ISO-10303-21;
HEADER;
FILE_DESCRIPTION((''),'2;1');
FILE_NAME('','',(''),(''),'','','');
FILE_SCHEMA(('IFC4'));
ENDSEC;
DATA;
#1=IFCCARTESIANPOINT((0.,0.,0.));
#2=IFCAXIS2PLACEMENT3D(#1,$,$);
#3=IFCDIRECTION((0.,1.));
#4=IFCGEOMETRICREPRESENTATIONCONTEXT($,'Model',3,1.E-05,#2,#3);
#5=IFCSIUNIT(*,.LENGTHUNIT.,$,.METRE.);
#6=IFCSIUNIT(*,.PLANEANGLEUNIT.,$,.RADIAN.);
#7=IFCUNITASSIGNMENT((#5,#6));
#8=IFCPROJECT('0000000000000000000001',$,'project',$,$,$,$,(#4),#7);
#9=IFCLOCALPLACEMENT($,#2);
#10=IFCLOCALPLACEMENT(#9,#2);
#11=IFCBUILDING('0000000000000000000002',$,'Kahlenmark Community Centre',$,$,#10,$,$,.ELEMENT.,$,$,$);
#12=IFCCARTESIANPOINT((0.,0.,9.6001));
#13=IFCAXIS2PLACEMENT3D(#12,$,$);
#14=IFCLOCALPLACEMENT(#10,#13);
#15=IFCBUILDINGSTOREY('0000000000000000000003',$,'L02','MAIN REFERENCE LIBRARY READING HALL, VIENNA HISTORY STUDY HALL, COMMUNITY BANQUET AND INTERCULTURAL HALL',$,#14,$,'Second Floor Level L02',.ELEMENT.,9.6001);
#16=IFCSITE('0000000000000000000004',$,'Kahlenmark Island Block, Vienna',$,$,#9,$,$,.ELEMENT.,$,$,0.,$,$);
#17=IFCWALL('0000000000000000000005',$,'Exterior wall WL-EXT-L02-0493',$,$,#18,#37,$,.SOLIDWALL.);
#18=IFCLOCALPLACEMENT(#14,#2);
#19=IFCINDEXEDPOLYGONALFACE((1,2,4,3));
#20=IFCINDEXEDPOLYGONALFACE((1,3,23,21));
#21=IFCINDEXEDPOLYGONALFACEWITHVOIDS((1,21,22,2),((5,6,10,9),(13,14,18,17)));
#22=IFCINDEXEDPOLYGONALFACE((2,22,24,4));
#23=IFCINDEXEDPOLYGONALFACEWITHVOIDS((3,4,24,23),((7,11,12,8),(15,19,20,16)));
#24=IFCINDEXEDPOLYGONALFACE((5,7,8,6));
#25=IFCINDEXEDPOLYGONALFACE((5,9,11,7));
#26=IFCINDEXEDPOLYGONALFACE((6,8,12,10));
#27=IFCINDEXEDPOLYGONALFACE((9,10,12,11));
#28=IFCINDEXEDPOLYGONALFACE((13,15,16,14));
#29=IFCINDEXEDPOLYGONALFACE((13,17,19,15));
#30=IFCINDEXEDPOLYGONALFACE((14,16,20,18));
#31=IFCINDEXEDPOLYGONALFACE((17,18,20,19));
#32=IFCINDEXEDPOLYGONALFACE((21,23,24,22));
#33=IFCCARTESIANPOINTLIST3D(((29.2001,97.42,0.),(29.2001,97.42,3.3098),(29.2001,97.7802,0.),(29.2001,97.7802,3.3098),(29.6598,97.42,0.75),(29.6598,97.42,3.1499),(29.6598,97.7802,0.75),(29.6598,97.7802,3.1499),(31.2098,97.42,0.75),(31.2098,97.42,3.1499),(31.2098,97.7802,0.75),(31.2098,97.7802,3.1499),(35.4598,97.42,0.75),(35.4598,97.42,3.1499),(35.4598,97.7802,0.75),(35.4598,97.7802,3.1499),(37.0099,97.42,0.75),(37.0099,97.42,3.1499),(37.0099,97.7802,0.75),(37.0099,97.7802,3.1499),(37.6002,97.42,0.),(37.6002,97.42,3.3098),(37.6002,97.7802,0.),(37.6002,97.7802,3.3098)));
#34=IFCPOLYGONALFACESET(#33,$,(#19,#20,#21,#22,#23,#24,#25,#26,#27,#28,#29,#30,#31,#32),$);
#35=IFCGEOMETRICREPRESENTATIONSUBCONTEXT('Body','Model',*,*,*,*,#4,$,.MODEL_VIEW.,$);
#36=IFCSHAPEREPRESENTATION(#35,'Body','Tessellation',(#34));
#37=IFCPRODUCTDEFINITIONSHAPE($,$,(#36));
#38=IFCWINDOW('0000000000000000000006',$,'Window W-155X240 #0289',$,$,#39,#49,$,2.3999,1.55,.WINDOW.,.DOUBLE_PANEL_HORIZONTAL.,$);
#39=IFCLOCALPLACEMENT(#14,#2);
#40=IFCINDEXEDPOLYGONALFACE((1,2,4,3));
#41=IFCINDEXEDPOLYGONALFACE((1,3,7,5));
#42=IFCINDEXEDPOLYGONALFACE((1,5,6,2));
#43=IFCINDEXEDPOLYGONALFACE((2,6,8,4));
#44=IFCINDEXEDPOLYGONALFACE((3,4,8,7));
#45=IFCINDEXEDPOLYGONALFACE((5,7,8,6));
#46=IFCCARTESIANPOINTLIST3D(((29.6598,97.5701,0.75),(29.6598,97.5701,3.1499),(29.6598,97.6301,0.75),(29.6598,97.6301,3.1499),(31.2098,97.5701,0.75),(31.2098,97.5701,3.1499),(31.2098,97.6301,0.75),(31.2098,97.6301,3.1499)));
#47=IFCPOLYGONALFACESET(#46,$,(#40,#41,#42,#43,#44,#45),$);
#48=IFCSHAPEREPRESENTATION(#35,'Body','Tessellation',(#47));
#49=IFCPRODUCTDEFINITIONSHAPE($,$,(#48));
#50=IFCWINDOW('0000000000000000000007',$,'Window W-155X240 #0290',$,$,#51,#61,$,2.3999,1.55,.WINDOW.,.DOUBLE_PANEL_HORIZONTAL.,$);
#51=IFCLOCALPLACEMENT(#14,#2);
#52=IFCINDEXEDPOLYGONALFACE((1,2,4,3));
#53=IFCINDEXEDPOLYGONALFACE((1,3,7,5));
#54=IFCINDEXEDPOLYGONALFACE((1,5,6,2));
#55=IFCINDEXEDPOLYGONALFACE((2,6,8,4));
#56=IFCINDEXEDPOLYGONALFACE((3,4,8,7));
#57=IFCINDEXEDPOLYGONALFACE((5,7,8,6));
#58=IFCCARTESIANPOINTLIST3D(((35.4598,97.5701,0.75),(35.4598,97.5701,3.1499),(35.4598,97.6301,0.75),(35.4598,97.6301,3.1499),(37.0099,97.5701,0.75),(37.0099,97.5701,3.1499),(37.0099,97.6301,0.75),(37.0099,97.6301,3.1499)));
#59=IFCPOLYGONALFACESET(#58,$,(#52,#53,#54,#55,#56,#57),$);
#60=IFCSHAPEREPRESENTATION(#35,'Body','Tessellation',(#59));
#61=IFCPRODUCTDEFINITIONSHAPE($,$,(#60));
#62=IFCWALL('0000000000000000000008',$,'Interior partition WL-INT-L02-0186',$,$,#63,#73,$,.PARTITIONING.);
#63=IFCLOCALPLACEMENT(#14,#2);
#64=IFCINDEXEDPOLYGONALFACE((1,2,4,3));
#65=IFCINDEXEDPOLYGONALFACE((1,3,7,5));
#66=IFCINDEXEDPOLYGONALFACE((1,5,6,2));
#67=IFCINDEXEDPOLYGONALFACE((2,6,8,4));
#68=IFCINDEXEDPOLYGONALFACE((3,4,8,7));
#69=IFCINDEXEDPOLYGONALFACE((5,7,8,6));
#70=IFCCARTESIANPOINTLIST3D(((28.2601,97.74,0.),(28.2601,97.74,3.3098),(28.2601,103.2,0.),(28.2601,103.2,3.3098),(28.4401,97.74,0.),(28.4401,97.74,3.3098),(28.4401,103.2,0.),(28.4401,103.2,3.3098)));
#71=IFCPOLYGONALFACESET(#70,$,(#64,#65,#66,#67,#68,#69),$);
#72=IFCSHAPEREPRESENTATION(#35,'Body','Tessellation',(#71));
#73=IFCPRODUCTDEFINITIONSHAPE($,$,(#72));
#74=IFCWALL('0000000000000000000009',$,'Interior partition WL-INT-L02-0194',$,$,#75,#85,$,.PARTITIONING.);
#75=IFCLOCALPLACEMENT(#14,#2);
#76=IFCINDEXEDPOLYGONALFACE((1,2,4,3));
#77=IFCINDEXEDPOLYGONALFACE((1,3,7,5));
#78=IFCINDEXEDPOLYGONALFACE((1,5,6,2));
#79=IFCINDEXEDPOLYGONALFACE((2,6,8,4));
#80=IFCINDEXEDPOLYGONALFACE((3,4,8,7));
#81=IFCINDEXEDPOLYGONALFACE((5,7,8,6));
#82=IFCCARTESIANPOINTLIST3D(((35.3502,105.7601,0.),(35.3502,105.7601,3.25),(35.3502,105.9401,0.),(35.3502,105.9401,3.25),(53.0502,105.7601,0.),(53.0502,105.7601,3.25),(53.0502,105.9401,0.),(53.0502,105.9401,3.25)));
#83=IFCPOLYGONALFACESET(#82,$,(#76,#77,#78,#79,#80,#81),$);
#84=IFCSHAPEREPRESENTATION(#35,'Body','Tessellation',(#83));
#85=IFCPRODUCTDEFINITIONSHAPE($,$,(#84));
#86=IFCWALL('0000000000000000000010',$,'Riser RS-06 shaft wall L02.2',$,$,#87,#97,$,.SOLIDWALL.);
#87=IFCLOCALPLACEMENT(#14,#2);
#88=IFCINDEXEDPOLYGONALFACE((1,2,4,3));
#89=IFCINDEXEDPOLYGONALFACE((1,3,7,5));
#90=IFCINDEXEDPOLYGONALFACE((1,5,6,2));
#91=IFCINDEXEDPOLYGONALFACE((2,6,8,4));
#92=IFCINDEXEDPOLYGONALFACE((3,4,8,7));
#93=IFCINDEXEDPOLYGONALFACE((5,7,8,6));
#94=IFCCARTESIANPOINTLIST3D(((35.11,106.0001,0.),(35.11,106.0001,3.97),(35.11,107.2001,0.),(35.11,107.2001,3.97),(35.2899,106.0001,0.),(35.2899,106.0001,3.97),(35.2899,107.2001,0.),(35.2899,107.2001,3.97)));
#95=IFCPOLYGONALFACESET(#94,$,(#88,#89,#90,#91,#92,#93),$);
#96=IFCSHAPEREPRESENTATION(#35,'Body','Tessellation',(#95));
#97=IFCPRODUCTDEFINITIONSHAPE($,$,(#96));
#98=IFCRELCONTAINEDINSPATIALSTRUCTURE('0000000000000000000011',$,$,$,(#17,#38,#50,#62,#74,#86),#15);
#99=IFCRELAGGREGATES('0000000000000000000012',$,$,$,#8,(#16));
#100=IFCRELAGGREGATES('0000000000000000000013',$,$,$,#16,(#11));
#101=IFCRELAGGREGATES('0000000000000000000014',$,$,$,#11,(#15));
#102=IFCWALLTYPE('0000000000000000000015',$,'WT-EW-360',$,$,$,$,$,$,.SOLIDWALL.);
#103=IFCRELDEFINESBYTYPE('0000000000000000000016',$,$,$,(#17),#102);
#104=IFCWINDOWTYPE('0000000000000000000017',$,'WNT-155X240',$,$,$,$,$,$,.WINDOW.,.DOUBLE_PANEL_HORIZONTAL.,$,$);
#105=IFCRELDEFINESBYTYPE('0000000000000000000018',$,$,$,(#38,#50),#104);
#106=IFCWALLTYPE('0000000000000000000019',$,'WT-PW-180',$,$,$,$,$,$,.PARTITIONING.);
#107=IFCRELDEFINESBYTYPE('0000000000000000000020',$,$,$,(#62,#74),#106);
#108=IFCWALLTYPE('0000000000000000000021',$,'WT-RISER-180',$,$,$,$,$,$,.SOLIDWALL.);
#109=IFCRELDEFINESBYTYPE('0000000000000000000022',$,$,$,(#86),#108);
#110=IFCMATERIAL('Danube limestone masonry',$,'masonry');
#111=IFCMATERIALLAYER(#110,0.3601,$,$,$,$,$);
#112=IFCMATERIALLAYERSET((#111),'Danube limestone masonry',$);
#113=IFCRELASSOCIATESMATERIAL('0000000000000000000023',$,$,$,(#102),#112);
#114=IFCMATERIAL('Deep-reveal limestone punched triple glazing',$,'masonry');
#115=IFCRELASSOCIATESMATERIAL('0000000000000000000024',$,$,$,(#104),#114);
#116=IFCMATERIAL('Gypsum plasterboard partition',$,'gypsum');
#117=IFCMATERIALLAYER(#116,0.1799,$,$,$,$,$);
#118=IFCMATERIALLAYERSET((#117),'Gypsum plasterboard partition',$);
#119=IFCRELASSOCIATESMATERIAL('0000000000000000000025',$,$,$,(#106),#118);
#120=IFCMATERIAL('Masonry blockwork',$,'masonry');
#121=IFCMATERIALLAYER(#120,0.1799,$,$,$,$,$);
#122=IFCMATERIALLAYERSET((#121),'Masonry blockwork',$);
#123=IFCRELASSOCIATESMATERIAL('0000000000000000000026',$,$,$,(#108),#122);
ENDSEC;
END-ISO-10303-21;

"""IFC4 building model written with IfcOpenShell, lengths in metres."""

from ifc_helpers import new_model, si_unit, direction, frame, frame_2d, origin, place, context, subcontext, project, spatial, rectangle, extrude, material, layer, layer_set, type_object, element, fill, save


model = new_model("IFC4")

# Units and contexts
model_context = context("Model", 3, precision=1e-05, world=origin(), true_north=direction((0.0, 1.0)))
body_context = subcontext(model_context, "Body", "Model", "MODEL_VIEW")
ifc_project = project(units=[si_unit("LENGTHUNIT", "METRE"), si_unit("PLANEANGLEUNIT", "RADIAN")], contexts=[model_context])

# Site, building, storey
site_placement = place(None, origin())
site = spatial("IfcSite", under=ifc_project, at=site_placement, Name="Kahlenmark Island Block, Vienna", CompositionType="ELEMENT", RefElevation=0.0)
building_placement = place(site_placement, origin())
building = spatial("IfcBuilding", under=site, at=building_placement, Name="Kahlenmark Community Centre", CompositionType="ELEMENT")
storey_placement = place(building_placement, frame((0.0, 0.0, 9.6001)))
storey = spatial("IfcBuildingStorey", under=building, at=storey_placement, Name="L02", Description="MAIN REFERENCE LIBRARY READING HALL, VIENNA HISTORY STUDY HALL, COMMUNITY BANQUET AND INTERCULTURAL HALL", LongName="Second Floor Level L02", CompositionType="ELEMENT", Elevation=9.6001)

# Wall, openings, windows
ifc_material_1 = material(Name="Danube limestone masonry", Category="masonry")
ifc_layer_1 = layer(ifc_material_1, 0.3601)
ifc_layer_set_1 = layer_set([ifc_layer_1], Name="Danube limestone masonry")
wall_type_1 = type_object("IfcWallType", Name="WT-EW-360", PredefinedType="SOLIDWALL", material=ifc_layer_set_1)
wall_1_placement = place(storey_placement, frame((29.2, 97.6001, 0.0), z_axis=(0.0, 0.0, 1.0), x_axis=(1.0, 0.0, 0.0)))
wall_1 = element("IfcWall", 1, at=wall_1_placement, inside=storey, type_object=wall_type_1, Name="Exterior wall WL-EXT-L02-0493", PredefinedType="SOLIDWALL", context=body_context, shape_type="SweptSolid", body=[
    extrude(rectangle(XDim=8.4001, YDim=0.3601, at=frame_2d((4.2002, 0.0))), origin(), (0.0, 0.0, 1.0), 3.3098),
])
opening_1_placement = place(wall_1_placement, frame((0.46, 0.0, 0.75)))
opening_1 = element("IfcOpeningElement", 2, at=opening_1_placement, cuts=wall_1, PredefinedType="OPENING", context=body_context, shape_type="SweptSolid", body=[
    extrude(rectangle(XDim=1.55, YDim=2.3999, at=frame_2d((0.7749, 1.2))), frame((0.0, 0.1899, 0.0), z_axis=(0.0, -1.0, 0.0), x_axis=(1.0, 0.0, 0.0)), (0.0, 0.0, 1.0), 0.3801),
])
opening_2_placement = place(wall_1_placement, frame((6.26, 0.0, 0.75)))
opening_2 = element("IfcOpeningElement", 3, at=opening_2_placement, cuts=wall_1, PredefinedType="OPENING", context=body_context, shape_type="SweptSolid", body=[
    extrude(rectangle(XDim=1.55, YDim=2.3999, at=frame_2d((0.7749, 1.2))), frame((0.0, 0.1899, 0.0), z_axis=(0.0, -1.0, 0.0), x_axis=(1.0, 0.0, 0.0)), (0.0, 0.0, 1.0), 0.3801),
])
ifc_material_2 = material(Name="Deep-reveal limestone punched triple glazing", Category="masonry")
window_type = type_object("IfcWindowType", Name="WNT-155X240", PartitioningType="DOUBLE_PANEL_HORIZONTAL", PredefinedType="WINDOW", material=ifc_material_2)
window_1_placement = place(opening_1_placement, origin())
window_1 = element("IfcWindow", 4, at=window_1_placement, inside=storey, type_object=window_type, Name="Window W-155X240 #0289", OverallHeight=2.3999, OverallWidth=1.55, PartitioningType="DOUBLE_PANEL_HORIZONTAL", PredefinedType="WINDOW", context=body_context, shape_type="SweptSolid", body=[
    extrude(rectangle(XDim=1.55, YDim=2.3999, at=frame_2d((0.7749, 1.2))), frame((0.0, 0.03, 0.0), z_axis=(0.0, -1.0, 0.0), x_axis=(1.0, 0.0, 0.0)), (0.0, 0.0, 1.0), 0.0601),
])
fill(opening_1, window_1)
window_2_placement = place(opening_2_placement, origin())
window_2 = element("IfcWindow", 5, at=window_2_placement, inside=storey, type_object=window_type, Name="Window W-155X240 #0290", OverallHeight=2.3999, OverallWidth=1.55, PartitioningType="DOUBLE_PANEL_HORIZONTAL", PredefinedType="WINDOW", context=body_context, shape_type="SweptSolid", body=[
    extrude(rectangle(XDim=1.55, YDim=2.3999, at=frame_2d((0.7749, 1.2))), frame((0.0, 0.03, 0.0), z_axis=(0.0, -1.0, 0.0), x_axis=(1.0, 0.0, 0.0)), (0.0, 0.0, 1.0), 0.0601),
])
fill(opening_2, window_2)

# Shared definitions
ifc_material_3 = material(Name="Gypsum plasterboard partition", Category="gypsum")
ifc_layer_2 = layer(ifc_material_3, 0.1799)
ifc_layer_set_2 = layer_set([ifc_layer_2], Name="Gypsum plasterboard partition")
wall_type_2 = type_object("IfcWallType", Name="WT-PW-180", PredefinedType="PARTITIONING", material=ifc_layer_set_2)

# Walls
wall_2_placement = place(storey_placement, frame((28.3501, 97.74, 0.0), z_axis=(0.0, 0.0, 1.0), x_axis=(0.0, 1.0, 0.0)))
element("IfcWall", 6, at=wall_2_placement, inside=storey, type_object=wall_type_2, Name="Interior partition WL-INT-L02-0186", PredefinedType="PARTITIONING", context=body_context, shape_type="SweptSolid", body=[
    extrude(rectangle(XDim=5.46, YDim=0.1799, at=frame_2d((2.73, 0.0))), origin(), (0.0, 0.0, 1.0), 3.3098),
])
wall_3_placement = place(storey_placement, frame((35.3501, 105.8501, 0.0), z_axis=(0.0, 0.0, 1.0), x_axis=(1.0, 0.0, 0.0)))
element("IfcWall", 7, at=wall_3_placement, inside=storey, type_object=wall_type_2, Name="Interior partition WL-INT-L02-0194", PredefinedType="PARTITIONING", context=body_context, shape_type="SweptSolid", body=[
    extrude(rectangle(XDim=17.7, YDim=0.1799, at=frame_2d((8.8501, 0.0))), origin(), (0.0, 0.0, 1.0), 3.25),
])

# Shared definitions
ifc_material_4 = material(Name="Masonry blockwork", Category="masonry")
ifc_layer_3 = layer(ifc_material_4, 0.1799)
ifc_layer_set_3 = layer_set([ifc_layer_3], Name="Masonry blockwork")
wall_type_3 = type_object("IfcWallType", Name="WT-RISER-180", PredefinedType="SOLIDWALL", material=ifc_layer_set_3)

# Wall
wall_4_placement = place(storey_placement, frame((35.2, 106.0, 0.0), z_axis=(0.0, 0.0, 1.0), x_axis=(0.0, 1.0, 0.0)))
element("IfcWall", 8, at=wall_4_placement, inside=storey, type_object=wall_type_3, Name="Riser RS-06 shaft wall L02.2", PredefinedType="SOLIDWALL", context=body_context, shape_type="SweptSolid", body=[
    extrude(rectangle(XDim=1.2, YDim=0.1799, at=frame_2d((0.6001, 0.0))), origin(), (0.0, 0.0, 1.0), 3.97),
])

save(model, "model.ifc")
